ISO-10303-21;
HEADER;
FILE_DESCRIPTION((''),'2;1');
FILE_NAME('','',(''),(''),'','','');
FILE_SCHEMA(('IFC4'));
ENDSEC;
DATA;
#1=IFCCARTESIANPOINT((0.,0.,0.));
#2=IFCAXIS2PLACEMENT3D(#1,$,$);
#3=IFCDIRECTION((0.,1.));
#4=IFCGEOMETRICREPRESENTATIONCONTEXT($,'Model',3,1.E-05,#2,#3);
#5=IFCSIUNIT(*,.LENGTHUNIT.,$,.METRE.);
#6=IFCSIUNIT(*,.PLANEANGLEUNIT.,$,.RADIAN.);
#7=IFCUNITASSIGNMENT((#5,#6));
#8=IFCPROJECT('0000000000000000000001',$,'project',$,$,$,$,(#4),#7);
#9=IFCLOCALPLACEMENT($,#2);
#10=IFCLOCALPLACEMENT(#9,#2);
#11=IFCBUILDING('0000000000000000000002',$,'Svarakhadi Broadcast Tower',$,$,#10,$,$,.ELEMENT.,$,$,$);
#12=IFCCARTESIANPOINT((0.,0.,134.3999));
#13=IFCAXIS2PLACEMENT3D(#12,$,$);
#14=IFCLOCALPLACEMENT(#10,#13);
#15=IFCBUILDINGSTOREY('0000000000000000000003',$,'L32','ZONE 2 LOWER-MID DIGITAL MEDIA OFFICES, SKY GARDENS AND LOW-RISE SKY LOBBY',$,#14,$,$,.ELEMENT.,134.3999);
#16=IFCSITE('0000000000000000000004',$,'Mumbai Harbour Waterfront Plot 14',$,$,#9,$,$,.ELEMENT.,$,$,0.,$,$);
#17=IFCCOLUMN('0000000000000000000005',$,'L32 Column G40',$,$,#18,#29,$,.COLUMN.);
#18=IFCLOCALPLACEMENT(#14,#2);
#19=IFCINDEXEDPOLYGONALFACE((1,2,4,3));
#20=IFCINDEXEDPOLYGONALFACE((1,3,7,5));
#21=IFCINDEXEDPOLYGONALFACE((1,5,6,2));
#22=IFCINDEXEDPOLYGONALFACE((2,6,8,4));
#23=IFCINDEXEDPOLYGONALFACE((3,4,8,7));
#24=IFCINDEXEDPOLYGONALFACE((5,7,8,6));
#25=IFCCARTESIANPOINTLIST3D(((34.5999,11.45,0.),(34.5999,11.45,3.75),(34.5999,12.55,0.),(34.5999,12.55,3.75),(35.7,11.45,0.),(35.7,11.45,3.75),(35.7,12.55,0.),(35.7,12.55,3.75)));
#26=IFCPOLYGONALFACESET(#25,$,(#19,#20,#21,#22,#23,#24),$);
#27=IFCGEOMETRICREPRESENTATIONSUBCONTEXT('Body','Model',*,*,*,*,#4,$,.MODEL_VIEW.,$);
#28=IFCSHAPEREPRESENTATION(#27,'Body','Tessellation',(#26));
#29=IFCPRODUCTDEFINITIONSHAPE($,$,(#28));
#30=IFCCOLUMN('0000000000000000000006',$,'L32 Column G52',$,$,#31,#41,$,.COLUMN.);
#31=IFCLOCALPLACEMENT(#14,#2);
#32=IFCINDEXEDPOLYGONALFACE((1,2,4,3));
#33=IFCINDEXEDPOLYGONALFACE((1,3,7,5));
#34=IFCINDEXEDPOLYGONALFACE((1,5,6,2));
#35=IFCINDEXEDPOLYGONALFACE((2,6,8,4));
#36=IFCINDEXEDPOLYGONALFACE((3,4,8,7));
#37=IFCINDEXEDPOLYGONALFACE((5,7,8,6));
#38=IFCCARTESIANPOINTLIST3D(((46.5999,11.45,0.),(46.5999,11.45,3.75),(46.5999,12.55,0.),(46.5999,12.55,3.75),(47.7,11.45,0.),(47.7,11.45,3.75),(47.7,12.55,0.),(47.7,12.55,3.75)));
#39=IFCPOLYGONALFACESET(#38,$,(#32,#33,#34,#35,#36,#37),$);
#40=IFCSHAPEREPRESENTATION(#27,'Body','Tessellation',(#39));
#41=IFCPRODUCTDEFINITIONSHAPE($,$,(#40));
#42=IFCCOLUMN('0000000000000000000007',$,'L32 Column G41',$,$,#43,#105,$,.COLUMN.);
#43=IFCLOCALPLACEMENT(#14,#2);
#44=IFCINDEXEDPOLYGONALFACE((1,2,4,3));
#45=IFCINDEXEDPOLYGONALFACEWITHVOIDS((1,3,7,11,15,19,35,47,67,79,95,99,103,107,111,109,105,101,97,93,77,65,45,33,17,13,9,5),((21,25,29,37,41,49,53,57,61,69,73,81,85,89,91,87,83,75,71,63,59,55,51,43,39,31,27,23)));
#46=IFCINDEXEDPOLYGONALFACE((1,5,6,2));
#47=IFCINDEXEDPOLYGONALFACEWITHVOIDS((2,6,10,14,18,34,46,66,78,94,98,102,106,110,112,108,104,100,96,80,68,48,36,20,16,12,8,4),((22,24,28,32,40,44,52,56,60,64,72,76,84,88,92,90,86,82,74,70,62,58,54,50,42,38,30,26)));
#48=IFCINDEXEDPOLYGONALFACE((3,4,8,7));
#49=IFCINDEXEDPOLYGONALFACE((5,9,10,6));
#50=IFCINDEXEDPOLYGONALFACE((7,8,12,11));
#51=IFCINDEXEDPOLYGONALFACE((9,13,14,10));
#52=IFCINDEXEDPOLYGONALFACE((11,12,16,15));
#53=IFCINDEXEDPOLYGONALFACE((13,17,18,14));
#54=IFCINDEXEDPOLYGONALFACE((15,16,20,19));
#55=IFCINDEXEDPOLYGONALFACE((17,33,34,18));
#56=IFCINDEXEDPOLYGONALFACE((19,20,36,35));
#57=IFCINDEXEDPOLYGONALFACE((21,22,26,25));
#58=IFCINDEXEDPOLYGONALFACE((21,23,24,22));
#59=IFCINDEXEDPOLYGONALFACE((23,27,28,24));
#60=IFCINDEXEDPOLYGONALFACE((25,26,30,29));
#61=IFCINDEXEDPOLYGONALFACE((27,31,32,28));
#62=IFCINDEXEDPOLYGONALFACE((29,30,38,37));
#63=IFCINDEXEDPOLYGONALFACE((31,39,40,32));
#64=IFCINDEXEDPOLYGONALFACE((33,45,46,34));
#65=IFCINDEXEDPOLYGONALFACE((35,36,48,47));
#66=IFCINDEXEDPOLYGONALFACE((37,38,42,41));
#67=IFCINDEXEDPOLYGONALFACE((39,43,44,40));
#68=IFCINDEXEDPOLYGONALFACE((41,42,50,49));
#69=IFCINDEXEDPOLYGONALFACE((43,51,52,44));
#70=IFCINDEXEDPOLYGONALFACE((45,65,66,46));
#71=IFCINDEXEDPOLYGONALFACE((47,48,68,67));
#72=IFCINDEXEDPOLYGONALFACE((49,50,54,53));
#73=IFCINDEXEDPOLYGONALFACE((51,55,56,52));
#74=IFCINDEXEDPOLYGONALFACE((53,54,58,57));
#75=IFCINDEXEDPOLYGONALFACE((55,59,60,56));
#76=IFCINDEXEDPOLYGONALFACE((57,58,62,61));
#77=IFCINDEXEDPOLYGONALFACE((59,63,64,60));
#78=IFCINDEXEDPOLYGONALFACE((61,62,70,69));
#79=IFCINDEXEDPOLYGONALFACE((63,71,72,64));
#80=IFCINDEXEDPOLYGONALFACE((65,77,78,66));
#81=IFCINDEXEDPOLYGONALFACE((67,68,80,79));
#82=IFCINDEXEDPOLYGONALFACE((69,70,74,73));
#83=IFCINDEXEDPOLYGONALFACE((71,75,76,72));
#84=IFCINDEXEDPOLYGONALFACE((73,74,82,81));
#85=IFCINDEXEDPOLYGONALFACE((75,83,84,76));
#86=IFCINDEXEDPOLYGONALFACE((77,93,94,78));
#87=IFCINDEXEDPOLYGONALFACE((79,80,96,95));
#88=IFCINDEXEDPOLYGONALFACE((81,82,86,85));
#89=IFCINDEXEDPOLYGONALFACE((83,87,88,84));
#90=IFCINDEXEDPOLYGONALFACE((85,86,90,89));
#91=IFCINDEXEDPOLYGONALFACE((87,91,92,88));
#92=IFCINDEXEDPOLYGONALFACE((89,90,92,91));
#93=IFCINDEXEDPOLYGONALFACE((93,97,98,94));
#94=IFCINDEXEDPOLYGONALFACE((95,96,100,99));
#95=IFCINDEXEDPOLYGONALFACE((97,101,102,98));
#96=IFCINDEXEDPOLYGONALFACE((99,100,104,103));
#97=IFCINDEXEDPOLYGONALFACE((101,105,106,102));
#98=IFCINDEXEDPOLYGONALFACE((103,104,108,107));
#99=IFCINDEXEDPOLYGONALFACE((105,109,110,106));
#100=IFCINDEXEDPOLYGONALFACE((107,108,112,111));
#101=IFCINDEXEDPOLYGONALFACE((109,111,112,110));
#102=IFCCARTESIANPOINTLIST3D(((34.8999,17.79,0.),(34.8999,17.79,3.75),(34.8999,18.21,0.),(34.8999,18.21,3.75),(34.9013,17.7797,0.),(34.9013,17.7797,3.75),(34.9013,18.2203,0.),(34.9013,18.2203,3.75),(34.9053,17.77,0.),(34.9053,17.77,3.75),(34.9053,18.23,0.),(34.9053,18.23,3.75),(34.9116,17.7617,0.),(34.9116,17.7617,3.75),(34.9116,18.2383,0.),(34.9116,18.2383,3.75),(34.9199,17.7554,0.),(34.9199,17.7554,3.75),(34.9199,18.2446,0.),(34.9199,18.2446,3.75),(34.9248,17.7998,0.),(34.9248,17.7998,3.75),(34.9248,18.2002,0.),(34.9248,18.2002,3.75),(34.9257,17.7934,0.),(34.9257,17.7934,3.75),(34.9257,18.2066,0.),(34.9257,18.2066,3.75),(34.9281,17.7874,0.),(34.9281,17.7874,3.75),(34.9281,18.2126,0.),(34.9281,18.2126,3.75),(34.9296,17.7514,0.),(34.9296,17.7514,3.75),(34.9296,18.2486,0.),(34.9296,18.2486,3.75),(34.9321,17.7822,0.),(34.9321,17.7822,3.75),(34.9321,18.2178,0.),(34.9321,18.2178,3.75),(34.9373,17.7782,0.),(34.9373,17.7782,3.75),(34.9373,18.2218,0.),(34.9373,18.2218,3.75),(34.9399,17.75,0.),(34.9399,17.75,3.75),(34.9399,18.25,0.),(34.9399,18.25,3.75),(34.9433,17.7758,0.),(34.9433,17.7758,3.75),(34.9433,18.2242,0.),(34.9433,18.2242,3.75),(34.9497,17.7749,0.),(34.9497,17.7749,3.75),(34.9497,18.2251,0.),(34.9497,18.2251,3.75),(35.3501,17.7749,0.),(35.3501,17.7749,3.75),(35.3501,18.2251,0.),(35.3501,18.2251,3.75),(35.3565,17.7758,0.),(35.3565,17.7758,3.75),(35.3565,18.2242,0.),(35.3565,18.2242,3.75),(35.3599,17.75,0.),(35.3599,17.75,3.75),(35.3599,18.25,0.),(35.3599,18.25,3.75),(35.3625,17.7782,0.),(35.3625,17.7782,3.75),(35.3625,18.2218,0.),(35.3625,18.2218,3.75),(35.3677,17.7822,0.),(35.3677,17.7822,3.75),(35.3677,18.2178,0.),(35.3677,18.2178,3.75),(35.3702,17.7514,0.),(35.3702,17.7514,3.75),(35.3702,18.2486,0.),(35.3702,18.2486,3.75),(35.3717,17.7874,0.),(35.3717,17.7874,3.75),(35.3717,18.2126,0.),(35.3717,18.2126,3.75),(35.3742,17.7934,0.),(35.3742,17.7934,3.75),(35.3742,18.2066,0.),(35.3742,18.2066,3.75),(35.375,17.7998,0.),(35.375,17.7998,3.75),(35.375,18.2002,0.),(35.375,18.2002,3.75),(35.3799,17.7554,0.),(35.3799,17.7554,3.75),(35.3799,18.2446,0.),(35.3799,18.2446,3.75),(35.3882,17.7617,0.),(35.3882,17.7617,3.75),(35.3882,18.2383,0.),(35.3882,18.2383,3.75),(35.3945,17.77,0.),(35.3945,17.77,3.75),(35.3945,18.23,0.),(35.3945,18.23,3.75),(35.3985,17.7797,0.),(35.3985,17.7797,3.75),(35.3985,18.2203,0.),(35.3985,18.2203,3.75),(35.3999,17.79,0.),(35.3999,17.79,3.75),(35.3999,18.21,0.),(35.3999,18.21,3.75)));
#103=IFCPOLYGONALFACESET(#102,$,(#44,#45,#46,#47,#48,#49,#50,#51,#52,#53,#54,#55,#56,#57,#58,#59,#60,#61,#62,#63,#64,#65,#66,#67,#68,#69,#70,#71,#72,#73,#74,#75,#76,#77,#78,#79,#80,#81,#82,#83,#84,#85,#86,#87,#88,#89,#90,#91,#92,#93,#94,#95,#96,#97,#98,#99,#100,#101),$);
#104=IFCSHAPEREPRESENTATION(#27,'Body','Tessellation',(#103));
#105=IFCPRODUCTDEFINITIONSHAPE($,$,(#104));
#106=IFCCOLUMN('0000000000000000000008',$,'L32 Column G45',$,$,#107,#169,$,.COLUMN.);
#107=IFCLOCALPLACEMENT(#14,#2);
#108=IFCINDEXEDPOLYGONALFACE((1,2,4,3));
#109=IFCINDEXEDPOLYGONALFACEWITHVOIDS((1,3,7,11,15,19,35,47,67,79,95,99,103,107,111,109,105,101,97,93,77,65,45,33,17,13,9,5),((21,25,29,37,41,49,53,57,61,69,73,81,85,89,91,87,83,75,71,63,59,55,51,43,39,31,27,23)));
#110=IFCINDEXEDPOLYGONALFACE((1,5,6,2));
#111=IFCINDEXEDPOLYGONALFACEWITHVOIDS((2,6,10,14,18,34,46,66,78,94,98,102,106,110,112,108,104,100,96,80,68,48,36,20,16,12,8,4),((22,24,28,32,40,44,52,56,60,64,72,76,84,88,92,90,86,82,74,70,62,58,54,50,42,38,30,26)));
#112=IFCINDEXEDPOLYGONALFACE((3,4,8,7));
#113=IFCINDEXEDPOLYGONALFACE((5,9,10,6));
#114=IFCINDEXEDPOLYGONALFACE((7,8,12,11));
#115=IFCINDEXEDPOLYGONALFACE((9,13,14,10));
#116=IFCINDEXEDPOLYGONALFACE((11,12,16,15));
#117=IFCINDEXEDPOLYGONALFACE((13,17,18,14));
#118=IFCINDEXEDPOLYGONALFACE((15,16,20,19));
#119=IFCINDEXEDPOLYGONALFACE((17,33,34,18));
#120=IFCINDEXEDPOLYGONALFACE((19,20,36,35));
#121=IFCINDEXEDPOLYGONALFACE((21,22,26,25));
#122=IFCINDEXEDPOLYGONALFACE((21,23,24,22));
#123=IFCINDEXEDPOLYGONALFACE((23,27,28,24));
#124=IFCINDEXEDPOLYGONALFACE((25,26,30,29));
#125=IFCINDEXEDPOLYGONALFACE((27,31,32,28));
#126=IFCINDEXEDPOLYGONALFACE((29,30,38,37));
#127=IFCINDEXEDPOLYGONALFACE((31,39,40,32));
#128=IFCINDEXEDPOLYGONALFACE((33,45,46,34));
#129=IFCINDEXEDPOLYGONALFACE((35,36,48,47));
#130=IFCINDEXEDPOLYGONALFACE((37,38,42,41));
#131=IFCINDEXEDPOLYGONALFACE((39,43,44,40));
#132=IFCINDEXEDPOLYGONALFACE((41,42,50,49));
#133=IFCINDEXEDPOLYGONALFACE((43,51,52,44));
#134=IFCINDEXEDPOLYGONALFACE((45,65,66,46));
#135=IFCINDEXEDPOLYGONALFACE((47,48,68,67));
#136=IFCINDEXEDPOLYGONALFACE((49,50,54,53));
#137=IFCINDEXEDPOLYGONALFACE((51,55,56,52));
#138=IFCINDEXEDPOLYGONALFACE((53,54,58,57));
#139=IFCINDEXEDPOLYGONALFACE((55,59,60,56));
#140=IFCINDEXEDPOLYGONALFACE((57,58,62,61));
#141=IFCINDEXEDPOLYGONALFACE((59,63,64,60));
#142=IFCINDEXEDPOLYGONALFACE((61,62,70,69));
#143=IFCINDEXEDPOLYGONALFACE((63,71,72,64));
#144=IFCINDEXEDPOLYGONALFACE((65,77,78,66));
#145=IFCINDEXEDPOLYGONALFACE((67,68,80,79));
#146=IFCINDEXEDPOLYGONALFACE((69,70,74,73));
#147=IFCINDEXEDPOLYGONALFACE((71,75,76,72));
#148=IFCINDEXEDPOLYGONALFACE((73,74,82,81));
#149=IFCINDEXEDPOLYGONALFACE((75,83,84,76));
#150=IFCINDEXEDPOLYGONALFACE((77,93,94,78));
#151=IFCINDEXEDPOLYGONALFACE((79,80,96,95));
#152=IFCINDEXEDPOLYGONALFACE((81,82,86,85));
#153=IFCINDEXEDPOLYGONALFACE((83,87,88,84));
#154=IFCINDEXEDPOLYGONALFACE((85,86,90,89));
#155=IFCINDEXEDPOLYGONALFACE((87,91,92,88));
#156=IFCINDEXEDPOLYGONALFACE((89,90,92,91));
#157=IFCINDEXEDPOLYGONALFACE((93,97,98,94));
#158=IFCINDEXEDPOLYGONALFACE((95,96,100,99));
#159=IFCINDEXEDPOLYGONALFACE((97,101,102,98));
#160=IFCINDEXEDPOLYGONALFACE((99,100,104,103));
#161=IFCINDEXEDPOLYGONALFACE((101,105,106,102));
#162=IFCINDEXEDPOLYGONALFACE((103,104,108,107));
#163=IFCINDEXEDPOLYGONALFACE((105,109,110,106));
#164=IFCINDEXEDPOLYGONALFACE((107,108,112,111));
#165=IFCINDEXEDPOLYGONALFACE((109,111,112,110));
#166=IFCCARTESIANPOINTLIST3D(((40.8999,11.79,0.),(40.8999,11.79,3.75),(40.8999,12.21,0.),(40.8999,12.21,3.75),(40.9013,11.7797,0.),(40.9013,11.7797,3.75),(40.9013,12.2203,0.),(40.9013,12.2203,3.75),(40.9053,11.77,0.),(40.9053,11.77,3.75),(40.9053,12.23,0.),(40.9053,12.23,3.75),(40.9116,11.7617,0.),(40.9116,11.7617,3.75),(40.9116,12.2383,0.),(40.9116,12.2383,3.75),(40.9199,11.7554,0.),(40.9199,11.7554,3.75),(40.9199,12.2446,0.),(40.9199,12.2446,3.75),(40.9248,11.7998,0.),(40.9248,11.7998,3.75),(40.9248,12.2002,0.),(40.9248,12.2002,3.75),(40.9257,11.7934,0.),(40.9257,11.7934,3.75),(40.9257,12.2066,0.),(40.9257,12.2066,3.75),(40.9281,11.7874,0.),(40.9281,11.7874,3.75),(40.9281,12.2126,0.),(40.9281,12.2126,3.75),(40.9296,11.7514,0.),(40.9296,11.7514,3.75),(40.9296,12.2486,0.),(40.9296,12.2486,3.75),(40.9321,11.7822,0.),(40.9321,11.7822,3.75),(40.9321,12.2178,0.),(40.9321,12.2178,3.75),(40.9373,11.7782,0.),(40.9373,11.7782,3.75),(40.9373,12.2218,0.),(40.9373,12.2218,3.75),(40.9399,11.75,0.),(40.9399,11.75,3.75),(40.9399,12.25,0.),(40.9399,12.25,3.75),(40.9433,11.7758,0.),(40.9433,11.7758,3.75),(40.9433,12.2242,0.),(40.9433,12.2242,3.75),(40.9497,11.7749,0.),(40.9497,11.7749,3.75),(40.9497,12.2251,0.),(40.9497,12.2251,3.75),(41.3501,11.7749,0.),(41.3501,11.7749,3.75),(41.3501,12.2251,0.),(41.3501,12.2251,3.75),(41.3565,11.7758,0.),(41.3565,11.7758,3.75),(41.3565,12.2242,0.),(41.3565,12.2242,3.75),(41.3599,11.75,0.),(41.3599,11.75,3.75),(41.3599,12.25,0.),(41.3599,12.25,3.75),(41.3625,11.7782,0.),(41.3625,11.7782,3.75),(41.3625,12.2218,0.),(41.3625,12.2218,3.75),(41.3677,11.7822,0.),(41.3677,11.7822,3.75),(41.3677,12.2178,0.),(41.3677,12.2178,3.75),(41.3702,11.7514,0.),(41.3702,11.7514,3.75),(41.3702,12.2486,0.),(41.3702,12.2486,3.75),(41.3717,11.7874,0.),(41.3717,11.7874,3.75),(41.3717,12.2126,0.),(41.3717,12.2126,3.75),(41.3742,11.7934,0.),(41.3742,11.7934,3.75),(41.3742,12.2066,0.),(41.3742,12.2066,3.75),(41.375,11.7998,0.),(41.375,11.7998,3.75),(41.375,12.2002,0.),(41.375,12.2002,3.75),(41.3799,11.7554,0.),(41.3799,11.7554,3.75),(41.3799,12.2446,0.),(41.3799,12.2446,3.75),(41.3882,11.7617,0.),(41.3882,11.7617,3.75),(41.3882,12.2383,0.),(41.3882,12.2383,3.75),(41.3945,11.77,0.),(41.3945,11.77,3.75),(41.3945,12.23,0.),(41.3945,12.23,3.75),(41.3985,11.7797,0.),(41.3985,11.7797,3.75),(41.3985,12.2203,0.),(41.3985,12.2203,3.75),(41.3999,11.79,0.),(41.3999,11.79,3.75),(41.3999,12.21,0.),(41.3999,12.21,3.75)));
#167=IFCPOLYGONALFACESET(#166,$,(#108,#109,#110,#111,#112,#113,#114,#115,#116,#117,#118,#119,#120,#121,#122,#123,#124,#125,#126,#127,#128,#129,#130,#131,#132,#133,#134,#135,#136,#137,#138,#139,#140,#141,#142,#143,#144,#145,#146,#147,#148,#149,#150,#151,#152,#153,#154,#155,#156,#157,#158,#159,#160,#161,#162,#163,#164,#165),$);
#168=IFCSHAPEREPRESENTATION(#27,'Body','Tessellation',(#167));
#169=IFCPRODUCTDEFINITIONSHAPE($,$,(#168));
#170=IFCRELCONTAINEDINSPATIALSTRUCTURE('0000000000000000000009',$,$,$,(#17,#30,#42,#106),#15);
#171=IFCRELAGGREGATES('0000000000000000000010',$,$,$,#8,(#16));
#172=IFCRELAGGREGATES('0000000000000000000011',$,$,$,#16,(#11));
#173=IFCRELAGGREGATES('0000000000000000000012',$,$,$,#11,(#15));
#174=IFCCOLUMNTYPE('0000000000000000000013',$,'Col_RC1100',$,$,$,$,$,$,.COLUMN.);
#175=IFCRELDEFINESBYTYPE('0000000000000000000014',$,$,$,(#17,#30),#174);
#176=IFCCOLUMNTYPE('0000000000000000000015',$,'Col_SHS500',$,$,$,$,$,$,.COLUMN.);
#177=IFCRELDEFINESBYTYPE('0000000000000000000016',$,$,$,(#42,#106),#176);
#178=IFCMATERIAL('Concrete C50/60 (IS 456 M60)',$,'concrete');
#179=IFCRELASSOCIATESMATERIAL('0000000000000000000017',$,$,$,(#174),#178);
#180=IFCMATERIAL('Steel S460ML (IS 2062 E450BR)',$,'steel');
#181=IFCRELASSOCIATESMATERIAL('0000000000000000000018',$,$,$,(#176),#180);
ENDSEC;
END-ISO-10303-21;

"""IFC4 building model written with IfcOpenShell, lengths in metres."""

from ifc_helpers import new_model, si_unit, direction, frame, origin, origin_2d, place, context, subcontext, project, spatial, rectangle, hollow_rectangle, extrude, material, material_profile, profile_set, type_object, element, save


model = new_model("IFC4")

# Units and contexts
model_context = context("Model", 3, precision=1e-05, world=origin(), true_north=direction((0.0, 1.0)))
body_context = subcontext(model_context, "Body", "Model", "MODEL_VIEW")
ifc_project = project(units=[si_unit("LENGTHUNIT", "METRE"), si_unit("PLANEANGLEUNIT", "RADIAN")], contexts=[model_context])

# Site, building, storey
site_placement = place(None, origin())
site = spatial("IfcSite", under=ifc_project, at=site_placement, Name="Mumbai Harbour Waterfront Plot 14", CompositionType="ELEMENT", RefElevation=0.0)
building_placement = place(site_placement, origin())
building = spatial("IfcBuilding", under=site, at=building_placement, Name="Svarakhadi Broadcast Tower", CompositionType="ELEMENT")
storey_placement = place(building_placement, frame((0.0, 0.0, 134.3999)))
storey = spatial("IfcBuildingStorey", under=building, at=storey_placement, Name="L32", Description="ZONE 2 LOWER-MID DIGITAL MEDIA OFFICES, SKY GARDENS AND LOW-RISE SKY LOBBY", CompositionType="ELEMENT", Elevation=134.3999)

# Columns
ifc_material_1 = material(Name="Concrete C50/60 (IS 456 M60)", Category="concrete")
ifc_material_profile_1 = material_profile(ifc_material_1, rectangle(XDim=1.1001, YDim=1.1001, at=origin_2d()), Name="RC 1100x1100")
ifc_profile_set_1 = profile_set([ifc_material_profile_1], Name="Concrete C50/60 (IS 456 M60)")
column_type_1 = type_object("IfcColumnType", Name="Col_RC1100", PredefinedType="COLUMN", material=ifc_profile_set_1)
for number, where, z_axis, x_axis, name in (
    (1, (35.1499, 12.0, 0.0), (0.0, 0.0, 1.0), (1.0, 0.0, 0.0), "L32 Column G40"),
    (2, (47.1499, 12.0, 0.0), (0.0, 0.0, 1.0), (1.0, 0.0, 0.0), "L32 Column G52"),
):
    element("IfcColumn", number, at=place(storey_placement, frame(where, z_axis=z_axis, x_axis=x_axis)), inside=storey, type_object=column_type_1, Name=name, PredefinedType="COLUMN", context=body_context, shape_type="SweptSolid", body=[
        extrude(rectangle(XDim=1.1001, YDim=1.1001, at=origin_2d()), origin(), (0.0, 0.0, 1.0), 3.75),
    ])
ifc_material_2 = material(Name="Steel S460ML (IS 2062 E450BR)", Category="steel")
ifc_material_profile_2 = material_profile(ifc_material_2, hollow_rectangle(XDim=0.5, YDim=0.5, WallThickness=0.0249, InnerFilletRadius=0.0249, OuterFilletRadius=0.04, at=origin_2d()), Name="SHS 500x500x25")
ifc_profile_set_2 = profile_set([ifc_material_profile_2], Name="Steel S460ML (IS 2062 E450BR)")
column_type_2 = type_object("IfcColumnType", Name="Col_SHS500", PredefinedType="COLUMN", material=ifc_profile_set_2)
for number, where, z_axis, x_axis, name in (
    (3, (35.1499, 18.0, 0.0), (0.0, 0.0, 1.0), (1.0, 0.0, 0.0), "L32 Column G41"),
    (4, (41.1499, 12.0, 0.0), (0.0, 0.0, 1.0), (1.0, 0.0, 0.0), "L32 Column G45"),
):
    element("IfcColumn", number, at=place(storey_placement, frame(where, z_axis=z_axis, x_axis=x_axis)), inside=storey, type_object=column_type_2, Name=name, PredefinedType="COLUMN", context=body_context, shape_type="SweptSolid", body=[
        extrude(hollow_rectangle(XDim=0.5, YDim=0.5, WallThickness=0.0249, InnerFilletRadius=0.0249, OuterFilletRadius=0.04, at=origin_2d()), origin(), (0.0, 0.0, 1.0), 3.75),
    ])

save(model, "model.ifc")
